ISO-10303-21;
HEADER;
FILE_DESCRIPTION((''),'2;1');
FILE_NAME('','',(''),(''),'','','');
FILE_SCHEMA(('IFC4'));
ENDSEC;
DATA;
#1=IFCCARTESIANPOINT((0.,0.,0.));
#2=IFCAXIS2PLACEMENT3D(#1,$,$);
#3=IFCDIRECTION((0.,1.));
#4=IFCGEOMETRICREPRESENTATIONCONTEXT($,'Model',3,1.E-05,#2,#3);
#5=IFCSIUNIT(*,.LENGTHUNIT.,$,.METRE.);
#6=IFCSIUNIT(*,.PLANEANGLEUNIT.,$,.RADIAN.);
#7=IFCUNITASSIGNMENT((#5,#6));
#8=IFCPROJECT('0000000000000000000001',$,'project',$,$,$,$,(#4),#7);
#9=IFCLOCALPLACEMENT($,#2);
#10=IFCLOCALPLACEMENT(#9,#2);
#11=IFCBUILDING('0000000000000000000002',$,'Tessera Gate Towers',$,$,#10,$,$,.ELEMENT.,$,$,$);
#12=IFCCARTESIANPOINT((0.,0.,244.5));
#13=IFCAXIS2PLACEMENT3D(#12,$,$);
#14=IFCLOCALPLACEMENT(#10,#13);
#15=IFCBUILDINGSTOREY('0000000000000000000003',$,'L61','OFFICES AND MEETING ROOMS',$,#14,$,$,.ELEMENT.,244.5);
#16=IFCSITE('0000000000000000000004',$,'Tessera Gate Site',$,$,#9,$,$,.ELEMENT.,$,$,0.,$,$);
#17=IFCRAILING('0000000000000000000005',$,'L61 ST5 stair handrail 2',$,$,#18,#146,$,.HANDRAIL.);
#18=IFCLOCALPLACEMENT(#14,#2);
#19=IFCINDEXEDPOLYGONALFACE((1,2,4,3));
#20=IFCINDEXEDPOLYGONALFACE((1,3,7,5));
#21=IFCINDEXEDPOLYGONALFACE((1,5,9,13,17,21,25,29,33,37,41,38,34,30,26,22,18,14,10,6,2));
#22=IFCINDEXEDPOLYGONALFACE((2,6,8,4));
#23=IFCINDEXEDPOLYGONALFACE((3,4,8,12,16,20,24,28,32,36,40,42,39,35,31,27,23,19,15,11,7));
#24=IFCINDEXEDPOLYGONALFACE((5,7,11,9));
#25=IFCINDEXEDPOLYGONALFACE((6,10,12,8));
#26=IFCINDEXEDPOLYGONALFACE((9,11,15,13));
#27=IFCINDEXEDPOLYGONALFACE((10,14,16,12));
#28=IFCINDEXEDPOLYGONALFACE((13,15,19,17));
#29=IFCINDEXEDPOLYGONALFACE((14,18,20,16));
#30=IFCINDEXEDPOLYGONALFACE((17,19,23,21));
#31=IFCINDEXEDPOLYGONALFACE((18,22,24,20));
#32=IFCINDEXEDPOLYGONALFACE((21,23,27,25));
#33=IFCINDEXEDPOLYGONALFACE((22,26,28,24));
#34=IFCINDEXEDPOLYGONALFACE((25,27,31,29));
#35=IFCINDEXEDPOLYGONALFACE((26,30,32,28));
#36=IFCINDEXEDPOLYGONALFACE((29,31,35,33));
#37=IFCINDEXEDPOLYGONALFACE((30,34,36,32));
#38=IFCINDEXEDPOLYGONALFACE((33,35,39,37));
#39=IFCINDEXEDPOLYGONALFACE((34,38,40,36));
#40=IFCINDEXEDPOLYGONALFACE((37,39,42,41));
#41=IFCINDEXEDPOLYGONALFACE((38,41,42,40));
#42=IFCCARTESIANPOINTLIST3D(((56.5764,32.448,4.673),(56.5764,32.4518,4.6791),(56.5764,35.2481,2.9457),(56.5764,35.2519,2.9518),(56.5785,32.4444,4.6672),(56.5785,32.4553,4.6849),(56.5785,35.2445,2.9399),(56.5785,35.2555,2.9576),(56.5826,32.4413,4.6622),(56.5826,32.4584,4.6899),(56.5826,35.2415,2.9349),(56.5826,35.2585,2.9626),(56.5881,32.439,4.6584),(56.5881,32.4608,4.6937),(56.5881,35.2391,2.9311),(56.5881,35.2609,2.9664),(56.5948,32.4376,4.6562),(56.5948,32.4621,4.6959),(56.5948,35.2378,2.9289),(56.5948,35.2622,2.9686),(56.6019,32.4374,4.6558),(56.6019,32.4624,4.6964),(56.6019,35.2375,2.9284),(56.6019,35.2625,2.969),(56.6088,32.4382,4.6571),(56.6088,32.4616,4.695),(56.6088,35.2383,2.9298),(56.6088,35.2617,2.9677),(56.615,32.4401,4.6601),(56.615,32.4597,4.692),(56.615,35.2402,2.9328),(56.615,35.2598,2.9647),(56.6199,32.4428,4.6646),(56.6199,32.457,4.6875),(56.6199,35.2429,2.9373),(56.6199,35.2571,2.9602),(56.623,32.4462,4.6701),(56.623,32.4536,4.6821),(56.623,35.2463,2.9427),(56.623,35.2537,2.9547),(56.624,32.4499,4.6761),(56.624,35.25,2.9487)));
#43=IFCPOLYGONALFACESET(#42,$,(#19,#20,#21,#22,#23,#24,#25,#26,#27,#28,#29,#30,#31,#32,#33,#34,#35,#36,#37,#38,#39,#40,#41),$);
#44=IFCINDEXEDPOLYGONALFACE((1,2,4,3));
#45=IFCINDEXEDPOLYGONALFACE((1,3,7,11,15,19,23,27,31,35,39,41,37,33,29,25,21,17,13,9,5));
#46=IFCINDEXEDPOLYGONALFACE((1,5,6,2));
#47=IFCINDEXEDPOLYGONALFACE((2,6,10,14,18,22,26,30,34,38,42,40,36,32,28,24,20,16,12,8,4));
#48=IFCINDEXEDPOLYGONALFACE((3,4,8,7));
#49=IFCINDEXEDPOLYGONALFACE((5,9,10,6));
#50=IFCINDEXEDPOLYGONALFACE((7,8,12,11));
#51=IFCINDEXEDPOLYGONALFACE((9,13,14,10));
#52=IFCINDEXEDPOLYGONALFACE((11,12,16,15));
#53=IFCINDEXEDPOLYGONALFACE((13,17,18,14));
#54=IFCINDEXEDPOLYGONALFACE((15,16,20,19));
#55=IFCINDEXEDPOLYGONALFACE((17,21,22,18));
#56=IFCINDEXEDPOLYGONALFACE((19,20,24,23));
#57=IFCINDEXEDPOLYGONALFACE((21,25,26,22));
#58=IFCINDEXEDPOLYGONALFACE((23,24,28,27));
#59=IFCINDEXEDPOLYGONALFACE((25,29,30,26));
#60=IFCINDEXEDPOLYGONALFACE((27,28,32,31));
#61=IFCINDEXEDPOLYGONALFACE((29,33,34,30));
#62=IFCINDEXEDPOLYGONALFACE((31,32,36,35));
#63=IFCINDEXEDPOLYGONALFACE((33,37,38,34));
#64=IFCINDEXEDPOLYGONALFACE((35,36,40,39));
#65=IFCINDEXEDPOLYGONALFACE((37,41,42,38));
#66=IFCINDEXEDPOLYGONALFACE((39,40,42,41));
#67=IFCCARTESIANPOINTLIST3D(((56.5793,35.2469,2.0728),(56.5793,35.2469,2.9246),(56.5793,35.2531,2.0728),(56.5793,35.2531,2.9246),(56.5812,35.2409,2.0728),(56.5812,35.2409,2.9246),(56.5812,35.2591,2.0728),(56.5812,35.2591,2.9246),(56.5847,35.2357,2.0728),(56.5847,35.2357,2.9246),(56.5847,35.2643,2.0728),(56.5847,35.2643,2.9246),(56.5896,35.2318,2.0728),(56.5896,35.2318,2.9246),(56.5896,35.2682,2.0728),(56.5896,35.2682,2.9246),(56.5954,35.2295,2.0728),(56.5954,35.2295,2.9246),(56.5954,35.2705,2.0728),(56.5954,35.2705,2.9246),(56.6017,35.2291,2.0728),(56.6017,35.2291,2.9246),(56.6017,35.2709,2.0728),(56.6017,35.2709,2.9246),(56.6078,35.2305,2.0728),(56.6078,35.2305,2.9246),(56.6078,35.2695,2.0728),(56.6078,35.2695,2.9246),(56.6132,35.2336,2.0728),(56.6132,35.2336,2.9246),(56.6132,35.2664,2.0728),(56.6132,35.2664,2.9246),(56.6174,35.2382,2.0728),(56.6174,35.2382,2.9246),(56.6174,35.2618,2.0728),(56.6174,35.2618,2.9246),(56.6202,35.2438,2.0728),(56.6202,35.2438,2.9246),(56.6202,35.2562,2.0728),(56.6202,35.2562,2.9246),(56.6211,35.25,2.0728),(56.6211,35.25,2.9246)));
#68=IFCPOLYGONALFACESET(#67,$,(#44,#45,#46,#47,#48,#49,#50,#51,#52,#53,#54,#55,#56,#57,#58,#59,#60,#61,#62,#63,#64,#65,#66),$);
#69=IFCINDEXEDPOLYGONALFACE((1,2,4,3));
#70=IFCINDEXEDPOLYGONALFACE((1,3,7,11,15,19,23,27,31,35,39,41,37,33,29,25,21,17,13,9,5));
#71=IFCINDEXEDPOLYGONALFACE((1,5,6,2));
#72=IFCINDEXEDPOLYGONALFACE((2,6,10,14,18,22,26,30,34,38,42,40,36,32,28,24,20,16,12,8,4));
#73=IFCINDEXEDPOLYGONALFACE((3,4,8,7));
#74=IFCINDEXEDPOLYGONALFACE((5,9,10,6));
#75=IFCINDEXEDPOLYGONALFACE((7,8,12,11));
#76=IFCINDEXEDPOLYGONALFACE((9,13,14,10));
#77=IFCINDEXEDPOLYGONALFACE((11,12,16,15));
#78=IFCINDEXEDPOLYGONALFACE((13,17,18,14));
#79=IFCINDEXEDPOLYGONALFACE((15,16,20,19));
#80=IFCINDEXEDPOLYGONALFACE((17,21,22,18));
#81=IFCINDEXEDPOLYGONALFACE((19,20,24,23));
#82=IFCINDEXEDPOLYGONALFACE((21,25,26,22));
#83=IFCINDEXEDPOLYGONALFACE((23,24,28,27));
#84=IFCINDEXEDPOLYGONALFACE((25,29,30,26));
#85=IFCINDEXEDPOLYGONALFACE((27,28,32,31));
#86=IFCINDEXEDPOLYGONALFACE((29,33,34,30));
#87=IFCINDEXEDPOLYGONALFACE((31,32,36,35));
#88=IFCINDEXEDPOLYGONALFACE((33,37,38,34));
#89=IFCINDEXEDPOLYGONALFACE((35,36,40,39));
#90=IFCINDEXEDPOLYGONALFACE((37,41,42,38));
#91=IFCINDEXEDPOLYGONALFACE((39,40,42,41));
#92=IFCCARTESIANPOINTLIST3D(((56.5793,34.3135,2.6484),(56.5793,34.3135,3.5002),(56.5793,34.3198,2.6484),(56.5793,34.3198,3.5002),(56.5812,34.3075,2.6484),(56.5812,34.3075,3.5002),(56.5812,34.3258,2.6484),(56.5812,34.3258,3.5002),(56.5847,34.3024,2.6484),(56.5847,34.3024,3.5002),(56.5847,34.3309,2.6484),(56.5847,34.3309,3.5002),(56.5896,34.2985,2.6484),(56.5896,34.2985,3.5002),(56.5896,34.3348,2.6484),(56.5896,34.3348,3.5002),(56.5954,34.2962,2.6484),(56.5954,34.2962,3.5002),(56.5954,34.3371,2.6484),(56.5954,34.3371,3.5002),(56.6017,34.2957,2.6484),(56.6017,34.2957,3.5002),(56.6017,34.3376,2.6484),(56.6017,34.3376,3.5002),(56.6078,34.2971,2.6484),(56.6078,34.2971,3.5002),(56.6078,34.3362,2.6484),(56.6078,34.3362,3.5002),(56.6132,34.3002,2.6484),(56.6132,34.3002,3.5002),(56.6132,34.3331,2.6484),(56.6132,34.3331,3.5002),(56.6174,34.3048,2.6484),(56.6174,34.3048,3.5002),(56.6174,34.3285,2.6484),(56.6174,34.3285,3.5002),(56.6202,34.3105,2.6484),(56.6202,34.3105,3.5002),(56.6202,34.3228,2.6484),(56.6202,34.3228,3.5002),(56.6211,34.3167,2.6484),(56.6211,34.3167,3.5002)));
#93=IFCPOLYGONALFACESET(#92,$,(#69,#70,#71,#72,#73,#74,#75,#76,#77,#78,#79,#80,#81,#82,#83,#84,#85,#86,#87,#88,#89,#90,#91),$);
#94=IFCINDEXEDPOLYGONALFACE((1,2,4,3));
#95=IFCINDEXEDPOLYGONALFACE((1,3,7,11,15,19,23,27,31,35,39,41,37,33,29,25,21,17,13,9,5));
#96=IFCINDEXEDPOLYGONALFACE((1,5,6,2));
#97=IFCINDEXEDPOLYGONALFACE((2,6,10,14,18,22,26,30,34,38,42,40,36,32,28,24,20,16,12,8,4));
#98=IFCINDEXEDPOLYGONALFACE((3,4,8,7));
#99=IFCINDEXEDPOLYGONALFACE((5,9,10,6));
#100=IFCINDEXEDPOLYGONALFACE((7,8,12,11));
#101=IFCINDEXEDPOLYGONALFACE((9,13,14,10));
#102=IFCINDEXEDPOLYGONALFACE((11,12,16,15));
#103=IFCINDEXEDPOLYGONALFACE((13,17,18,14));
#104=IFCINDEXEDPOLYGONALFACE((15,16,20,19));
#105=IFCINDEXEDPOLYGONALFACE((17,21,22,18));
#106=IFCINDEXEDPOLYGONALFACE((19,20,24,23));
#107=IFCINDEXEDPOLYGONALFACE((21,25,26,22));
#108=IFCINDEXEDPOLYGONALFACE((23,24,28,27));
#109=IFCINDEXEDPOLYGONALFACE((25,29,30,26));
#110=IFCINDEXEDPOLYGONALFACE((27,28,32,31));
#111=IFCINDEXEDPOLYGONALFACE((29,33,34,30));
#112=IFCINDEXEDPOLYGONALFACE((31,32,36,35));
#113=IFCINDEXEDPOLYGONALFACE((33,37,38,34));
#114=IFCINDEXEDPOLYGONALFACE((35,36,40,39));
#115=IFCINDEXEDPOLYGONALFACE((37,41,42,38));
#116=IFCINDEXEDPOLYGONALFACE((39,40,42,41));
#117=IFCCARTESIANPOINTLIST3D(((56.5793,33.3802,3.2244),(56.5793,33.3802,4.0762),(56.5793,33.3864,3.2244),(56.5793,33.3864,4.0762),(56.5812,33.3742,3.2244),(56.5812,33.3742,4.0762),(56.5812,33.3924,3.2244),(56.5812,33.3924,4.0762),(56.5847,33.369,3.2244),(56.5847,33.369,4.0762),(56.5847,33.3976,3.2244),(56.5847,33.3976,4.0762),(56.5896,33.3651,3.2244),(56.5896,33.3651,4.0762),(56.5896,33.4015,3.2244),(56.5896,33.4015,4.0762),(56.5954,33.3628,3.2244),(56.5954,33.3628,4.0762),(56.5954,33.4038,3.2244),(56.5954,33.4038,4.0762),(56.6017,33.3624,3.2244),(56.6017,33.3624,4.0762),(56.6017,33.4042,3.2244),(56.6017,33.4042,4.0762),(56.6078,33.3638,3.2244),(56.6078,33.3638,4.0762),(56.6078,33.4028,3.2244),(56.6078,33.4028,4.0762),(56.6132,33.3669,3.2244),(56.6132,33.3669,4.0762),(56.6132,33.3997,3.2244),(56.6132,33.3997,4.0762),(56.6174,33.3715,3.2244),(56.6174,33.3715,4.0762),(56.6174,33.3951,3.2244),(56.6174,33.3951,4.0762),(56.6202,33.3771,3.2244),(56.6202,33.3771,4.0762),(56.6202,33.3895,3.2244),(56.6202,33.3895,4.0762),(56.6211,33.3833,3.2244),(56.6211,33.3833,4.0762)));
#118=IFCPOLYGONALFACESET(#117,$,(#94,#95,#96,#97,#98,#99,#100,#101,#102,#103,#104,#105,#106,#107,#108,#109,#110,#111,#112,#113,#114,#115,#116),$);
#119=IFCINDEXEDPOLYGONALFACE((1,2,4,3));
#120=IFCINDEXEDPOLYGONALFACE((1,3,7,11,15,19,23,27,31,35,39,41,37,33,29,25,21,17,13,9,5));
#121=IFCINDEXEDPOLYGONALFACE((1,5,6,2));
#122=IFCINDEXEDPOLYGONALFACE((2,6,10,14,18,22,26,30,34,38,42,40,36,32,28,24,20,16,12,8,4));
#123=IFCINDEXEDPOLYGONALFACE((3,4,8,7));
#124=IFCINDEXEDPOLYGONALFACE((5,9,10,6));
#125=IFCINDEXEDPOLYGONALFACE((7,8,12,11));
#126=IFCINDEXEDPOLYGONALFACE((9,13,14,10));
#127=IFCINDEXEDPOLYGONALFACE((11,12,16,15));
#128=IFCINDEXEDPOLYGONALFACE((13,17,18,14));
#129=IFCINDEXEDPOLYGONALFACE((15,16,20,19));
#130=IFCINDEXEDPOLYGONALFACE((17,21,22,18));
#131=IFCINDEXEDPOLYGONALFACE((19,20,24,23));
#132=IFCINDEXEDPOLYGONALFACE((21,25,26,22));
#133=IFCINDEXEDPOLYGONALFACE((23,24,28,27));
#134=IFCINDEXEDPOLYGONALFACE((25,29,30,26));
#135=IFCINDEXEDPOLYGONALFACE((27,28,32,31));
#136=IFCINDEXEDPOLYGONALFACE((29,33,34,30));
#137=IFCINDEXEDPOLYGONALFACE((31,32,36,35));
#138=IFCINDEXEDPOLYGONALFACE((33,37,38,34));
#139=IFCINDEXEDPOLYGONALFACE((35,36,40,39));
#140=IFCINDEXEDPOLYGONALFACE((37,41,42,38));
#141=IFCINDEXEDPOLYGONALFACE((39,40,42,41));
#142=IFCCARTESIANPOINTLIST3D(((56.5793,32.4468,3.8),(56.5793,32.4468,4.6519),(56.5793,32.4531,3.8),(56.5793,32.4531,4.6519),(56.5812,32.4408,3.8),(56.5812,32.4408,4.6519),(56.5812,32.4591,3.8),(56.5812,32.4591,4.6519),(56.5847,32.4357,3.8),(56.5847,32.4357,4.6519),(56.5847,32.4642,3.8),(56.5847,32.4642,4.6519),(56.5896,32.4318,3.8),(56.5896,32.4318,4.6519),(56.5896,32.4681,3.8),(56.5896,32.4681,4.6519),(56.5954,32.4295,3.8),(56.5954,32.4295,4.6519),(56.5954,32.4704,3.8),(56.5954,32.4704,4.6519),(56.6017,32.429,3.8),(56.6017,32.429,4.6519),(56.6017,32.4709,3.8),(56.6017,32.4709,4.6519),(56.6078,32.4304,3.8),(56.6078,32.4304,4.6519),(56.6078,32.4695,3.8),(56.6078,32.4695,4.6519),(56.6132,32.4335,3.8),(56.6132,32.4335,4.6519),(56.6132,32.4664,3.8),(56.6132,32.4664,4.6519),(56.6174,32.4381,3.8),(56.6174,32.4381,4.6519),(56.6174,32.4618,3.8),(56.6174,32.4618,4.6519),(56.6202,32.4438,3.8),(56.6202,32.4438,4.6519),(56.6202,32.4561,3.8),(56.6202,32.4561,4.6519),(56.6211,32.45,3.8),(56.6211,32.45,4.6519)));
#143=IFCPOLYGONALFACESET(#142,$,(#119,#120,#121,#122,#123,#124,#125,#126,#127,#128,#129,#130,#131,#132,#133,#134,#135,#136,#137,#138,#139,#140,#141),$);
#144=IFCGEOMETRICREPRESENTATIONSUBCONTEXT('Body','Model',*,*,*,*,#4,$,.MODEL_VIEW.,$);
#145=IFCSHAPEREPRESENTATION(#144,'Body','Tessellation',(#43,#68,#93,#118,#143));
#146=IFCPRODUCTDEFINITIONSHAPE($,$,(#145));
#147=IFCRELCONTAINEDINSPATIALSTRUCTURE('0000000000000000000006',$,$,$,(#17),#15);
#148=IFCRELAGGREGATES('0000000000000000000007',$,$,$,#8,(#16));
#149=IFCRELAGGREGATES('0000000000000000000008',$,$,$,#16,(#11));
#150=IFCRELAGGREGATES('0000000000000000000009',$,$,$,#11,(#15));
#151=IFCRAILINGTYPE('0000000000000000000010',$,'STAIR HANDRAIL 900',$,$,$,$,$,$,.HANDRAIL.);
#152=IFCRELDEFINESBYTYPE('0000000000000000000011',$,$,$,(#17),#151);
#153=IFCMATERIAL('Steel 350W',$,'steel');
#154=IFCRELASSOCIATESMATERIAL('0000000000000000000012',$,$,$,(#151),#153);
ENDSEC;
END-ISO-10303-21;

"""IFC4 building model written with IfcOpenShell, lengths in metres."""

from ifc_helpers import new_model, si_unit, direction, frame, origin, origin_2d, place, context, subcontext, project, spatial, circle, extrude, material, type_object, element, save


model = new_model("IFC4")

# Units and contexts
model_context = context("Model", 3, precision=1e-05, world=origin(), true_north=direction((0.0, 1.0)))
body_context = subcontext(model_context, "Body", "Model", "MODEL_VIEW")
ifc_project = project(units=[si_unit("LENGTHUNIT", "METRE"), si_unit("PLANEANGLEUNIT", "RADIAN")], contexts=[model_context])

# Site, building, storey
site_placement = place(None, origin())
site = spatial("IfcSite", under=ifc_project, at=site_placement, Name="Tessera Gate Site", CompositionType="ELEMENT", RefElevation=0.0)
building_placement = place(site_placement, origin())
building = spatial("IfcBuilding", under=site, at=building_placement, Name="Tessera Gate Towers", CompositionType="ELEMENT")
storey_placement = place(building_placement, frame((0.0, 0.0, 244.5)))
storey = spatial("IfcBuildingStorey", under=building, at=storey_placement, Name="L61", Description="OFFICES AND MEETING ROOMS", CompositionType="ELEMENT", Elevation=244.5)

# Railing
ifc_material_1 = material(Name="Steel 350W", Category="steel")
railing_type_1 = type_object("IfcRailingType", Name="STAIR HANDRAIL 900", PredefinedType="HANDRAIL", material=ifc_material_1)
railing_1_placement = place(storey_placement, frame((56.6001, 35.25, 2.0728)))
element("IfcRailing", 1, at=railing_1_placement, inside=storey, type_object=railing_type_1, Name="L61 ST5 stair handrail 2", PredefinedType="HANDRAIL", context=body_context, shape_type="SweptSolid", body=[
    extrude(circle(Radius=0.0239, at=origin_2d()), frame((0.0, 0.0, 0.876), z_axis=(0.0, -0.85109, 0.52502), x_axis=(1.0, 0.0, 0.0)), (0.0, 0.0, 1.0), 3.29),
    extrude(circle(Radius=0.021, at=origin_2d()), origin(), (0.0, 0.0, 1.0), 0.8518),
    extrude(circle(Radius=0.021, at=origin_2d()), frame((0.0, -0.9333, 0.5757)), (0.0, 0.0, 1.0), 0.8518),
    extrude(circle(Radius=0.021, at=origin_2d()), frame((0.0, -1.8667, 1.1516)), (0.0, 0.0, 1.0), 0.8518),
    extrude(circle(Radius=0.021, at=origin_2d()), frame((0.0, -2.8, 1.7273)), (0.0, 0.0, 1.0), 0.8518),
])

save(model, "model.ifc")
